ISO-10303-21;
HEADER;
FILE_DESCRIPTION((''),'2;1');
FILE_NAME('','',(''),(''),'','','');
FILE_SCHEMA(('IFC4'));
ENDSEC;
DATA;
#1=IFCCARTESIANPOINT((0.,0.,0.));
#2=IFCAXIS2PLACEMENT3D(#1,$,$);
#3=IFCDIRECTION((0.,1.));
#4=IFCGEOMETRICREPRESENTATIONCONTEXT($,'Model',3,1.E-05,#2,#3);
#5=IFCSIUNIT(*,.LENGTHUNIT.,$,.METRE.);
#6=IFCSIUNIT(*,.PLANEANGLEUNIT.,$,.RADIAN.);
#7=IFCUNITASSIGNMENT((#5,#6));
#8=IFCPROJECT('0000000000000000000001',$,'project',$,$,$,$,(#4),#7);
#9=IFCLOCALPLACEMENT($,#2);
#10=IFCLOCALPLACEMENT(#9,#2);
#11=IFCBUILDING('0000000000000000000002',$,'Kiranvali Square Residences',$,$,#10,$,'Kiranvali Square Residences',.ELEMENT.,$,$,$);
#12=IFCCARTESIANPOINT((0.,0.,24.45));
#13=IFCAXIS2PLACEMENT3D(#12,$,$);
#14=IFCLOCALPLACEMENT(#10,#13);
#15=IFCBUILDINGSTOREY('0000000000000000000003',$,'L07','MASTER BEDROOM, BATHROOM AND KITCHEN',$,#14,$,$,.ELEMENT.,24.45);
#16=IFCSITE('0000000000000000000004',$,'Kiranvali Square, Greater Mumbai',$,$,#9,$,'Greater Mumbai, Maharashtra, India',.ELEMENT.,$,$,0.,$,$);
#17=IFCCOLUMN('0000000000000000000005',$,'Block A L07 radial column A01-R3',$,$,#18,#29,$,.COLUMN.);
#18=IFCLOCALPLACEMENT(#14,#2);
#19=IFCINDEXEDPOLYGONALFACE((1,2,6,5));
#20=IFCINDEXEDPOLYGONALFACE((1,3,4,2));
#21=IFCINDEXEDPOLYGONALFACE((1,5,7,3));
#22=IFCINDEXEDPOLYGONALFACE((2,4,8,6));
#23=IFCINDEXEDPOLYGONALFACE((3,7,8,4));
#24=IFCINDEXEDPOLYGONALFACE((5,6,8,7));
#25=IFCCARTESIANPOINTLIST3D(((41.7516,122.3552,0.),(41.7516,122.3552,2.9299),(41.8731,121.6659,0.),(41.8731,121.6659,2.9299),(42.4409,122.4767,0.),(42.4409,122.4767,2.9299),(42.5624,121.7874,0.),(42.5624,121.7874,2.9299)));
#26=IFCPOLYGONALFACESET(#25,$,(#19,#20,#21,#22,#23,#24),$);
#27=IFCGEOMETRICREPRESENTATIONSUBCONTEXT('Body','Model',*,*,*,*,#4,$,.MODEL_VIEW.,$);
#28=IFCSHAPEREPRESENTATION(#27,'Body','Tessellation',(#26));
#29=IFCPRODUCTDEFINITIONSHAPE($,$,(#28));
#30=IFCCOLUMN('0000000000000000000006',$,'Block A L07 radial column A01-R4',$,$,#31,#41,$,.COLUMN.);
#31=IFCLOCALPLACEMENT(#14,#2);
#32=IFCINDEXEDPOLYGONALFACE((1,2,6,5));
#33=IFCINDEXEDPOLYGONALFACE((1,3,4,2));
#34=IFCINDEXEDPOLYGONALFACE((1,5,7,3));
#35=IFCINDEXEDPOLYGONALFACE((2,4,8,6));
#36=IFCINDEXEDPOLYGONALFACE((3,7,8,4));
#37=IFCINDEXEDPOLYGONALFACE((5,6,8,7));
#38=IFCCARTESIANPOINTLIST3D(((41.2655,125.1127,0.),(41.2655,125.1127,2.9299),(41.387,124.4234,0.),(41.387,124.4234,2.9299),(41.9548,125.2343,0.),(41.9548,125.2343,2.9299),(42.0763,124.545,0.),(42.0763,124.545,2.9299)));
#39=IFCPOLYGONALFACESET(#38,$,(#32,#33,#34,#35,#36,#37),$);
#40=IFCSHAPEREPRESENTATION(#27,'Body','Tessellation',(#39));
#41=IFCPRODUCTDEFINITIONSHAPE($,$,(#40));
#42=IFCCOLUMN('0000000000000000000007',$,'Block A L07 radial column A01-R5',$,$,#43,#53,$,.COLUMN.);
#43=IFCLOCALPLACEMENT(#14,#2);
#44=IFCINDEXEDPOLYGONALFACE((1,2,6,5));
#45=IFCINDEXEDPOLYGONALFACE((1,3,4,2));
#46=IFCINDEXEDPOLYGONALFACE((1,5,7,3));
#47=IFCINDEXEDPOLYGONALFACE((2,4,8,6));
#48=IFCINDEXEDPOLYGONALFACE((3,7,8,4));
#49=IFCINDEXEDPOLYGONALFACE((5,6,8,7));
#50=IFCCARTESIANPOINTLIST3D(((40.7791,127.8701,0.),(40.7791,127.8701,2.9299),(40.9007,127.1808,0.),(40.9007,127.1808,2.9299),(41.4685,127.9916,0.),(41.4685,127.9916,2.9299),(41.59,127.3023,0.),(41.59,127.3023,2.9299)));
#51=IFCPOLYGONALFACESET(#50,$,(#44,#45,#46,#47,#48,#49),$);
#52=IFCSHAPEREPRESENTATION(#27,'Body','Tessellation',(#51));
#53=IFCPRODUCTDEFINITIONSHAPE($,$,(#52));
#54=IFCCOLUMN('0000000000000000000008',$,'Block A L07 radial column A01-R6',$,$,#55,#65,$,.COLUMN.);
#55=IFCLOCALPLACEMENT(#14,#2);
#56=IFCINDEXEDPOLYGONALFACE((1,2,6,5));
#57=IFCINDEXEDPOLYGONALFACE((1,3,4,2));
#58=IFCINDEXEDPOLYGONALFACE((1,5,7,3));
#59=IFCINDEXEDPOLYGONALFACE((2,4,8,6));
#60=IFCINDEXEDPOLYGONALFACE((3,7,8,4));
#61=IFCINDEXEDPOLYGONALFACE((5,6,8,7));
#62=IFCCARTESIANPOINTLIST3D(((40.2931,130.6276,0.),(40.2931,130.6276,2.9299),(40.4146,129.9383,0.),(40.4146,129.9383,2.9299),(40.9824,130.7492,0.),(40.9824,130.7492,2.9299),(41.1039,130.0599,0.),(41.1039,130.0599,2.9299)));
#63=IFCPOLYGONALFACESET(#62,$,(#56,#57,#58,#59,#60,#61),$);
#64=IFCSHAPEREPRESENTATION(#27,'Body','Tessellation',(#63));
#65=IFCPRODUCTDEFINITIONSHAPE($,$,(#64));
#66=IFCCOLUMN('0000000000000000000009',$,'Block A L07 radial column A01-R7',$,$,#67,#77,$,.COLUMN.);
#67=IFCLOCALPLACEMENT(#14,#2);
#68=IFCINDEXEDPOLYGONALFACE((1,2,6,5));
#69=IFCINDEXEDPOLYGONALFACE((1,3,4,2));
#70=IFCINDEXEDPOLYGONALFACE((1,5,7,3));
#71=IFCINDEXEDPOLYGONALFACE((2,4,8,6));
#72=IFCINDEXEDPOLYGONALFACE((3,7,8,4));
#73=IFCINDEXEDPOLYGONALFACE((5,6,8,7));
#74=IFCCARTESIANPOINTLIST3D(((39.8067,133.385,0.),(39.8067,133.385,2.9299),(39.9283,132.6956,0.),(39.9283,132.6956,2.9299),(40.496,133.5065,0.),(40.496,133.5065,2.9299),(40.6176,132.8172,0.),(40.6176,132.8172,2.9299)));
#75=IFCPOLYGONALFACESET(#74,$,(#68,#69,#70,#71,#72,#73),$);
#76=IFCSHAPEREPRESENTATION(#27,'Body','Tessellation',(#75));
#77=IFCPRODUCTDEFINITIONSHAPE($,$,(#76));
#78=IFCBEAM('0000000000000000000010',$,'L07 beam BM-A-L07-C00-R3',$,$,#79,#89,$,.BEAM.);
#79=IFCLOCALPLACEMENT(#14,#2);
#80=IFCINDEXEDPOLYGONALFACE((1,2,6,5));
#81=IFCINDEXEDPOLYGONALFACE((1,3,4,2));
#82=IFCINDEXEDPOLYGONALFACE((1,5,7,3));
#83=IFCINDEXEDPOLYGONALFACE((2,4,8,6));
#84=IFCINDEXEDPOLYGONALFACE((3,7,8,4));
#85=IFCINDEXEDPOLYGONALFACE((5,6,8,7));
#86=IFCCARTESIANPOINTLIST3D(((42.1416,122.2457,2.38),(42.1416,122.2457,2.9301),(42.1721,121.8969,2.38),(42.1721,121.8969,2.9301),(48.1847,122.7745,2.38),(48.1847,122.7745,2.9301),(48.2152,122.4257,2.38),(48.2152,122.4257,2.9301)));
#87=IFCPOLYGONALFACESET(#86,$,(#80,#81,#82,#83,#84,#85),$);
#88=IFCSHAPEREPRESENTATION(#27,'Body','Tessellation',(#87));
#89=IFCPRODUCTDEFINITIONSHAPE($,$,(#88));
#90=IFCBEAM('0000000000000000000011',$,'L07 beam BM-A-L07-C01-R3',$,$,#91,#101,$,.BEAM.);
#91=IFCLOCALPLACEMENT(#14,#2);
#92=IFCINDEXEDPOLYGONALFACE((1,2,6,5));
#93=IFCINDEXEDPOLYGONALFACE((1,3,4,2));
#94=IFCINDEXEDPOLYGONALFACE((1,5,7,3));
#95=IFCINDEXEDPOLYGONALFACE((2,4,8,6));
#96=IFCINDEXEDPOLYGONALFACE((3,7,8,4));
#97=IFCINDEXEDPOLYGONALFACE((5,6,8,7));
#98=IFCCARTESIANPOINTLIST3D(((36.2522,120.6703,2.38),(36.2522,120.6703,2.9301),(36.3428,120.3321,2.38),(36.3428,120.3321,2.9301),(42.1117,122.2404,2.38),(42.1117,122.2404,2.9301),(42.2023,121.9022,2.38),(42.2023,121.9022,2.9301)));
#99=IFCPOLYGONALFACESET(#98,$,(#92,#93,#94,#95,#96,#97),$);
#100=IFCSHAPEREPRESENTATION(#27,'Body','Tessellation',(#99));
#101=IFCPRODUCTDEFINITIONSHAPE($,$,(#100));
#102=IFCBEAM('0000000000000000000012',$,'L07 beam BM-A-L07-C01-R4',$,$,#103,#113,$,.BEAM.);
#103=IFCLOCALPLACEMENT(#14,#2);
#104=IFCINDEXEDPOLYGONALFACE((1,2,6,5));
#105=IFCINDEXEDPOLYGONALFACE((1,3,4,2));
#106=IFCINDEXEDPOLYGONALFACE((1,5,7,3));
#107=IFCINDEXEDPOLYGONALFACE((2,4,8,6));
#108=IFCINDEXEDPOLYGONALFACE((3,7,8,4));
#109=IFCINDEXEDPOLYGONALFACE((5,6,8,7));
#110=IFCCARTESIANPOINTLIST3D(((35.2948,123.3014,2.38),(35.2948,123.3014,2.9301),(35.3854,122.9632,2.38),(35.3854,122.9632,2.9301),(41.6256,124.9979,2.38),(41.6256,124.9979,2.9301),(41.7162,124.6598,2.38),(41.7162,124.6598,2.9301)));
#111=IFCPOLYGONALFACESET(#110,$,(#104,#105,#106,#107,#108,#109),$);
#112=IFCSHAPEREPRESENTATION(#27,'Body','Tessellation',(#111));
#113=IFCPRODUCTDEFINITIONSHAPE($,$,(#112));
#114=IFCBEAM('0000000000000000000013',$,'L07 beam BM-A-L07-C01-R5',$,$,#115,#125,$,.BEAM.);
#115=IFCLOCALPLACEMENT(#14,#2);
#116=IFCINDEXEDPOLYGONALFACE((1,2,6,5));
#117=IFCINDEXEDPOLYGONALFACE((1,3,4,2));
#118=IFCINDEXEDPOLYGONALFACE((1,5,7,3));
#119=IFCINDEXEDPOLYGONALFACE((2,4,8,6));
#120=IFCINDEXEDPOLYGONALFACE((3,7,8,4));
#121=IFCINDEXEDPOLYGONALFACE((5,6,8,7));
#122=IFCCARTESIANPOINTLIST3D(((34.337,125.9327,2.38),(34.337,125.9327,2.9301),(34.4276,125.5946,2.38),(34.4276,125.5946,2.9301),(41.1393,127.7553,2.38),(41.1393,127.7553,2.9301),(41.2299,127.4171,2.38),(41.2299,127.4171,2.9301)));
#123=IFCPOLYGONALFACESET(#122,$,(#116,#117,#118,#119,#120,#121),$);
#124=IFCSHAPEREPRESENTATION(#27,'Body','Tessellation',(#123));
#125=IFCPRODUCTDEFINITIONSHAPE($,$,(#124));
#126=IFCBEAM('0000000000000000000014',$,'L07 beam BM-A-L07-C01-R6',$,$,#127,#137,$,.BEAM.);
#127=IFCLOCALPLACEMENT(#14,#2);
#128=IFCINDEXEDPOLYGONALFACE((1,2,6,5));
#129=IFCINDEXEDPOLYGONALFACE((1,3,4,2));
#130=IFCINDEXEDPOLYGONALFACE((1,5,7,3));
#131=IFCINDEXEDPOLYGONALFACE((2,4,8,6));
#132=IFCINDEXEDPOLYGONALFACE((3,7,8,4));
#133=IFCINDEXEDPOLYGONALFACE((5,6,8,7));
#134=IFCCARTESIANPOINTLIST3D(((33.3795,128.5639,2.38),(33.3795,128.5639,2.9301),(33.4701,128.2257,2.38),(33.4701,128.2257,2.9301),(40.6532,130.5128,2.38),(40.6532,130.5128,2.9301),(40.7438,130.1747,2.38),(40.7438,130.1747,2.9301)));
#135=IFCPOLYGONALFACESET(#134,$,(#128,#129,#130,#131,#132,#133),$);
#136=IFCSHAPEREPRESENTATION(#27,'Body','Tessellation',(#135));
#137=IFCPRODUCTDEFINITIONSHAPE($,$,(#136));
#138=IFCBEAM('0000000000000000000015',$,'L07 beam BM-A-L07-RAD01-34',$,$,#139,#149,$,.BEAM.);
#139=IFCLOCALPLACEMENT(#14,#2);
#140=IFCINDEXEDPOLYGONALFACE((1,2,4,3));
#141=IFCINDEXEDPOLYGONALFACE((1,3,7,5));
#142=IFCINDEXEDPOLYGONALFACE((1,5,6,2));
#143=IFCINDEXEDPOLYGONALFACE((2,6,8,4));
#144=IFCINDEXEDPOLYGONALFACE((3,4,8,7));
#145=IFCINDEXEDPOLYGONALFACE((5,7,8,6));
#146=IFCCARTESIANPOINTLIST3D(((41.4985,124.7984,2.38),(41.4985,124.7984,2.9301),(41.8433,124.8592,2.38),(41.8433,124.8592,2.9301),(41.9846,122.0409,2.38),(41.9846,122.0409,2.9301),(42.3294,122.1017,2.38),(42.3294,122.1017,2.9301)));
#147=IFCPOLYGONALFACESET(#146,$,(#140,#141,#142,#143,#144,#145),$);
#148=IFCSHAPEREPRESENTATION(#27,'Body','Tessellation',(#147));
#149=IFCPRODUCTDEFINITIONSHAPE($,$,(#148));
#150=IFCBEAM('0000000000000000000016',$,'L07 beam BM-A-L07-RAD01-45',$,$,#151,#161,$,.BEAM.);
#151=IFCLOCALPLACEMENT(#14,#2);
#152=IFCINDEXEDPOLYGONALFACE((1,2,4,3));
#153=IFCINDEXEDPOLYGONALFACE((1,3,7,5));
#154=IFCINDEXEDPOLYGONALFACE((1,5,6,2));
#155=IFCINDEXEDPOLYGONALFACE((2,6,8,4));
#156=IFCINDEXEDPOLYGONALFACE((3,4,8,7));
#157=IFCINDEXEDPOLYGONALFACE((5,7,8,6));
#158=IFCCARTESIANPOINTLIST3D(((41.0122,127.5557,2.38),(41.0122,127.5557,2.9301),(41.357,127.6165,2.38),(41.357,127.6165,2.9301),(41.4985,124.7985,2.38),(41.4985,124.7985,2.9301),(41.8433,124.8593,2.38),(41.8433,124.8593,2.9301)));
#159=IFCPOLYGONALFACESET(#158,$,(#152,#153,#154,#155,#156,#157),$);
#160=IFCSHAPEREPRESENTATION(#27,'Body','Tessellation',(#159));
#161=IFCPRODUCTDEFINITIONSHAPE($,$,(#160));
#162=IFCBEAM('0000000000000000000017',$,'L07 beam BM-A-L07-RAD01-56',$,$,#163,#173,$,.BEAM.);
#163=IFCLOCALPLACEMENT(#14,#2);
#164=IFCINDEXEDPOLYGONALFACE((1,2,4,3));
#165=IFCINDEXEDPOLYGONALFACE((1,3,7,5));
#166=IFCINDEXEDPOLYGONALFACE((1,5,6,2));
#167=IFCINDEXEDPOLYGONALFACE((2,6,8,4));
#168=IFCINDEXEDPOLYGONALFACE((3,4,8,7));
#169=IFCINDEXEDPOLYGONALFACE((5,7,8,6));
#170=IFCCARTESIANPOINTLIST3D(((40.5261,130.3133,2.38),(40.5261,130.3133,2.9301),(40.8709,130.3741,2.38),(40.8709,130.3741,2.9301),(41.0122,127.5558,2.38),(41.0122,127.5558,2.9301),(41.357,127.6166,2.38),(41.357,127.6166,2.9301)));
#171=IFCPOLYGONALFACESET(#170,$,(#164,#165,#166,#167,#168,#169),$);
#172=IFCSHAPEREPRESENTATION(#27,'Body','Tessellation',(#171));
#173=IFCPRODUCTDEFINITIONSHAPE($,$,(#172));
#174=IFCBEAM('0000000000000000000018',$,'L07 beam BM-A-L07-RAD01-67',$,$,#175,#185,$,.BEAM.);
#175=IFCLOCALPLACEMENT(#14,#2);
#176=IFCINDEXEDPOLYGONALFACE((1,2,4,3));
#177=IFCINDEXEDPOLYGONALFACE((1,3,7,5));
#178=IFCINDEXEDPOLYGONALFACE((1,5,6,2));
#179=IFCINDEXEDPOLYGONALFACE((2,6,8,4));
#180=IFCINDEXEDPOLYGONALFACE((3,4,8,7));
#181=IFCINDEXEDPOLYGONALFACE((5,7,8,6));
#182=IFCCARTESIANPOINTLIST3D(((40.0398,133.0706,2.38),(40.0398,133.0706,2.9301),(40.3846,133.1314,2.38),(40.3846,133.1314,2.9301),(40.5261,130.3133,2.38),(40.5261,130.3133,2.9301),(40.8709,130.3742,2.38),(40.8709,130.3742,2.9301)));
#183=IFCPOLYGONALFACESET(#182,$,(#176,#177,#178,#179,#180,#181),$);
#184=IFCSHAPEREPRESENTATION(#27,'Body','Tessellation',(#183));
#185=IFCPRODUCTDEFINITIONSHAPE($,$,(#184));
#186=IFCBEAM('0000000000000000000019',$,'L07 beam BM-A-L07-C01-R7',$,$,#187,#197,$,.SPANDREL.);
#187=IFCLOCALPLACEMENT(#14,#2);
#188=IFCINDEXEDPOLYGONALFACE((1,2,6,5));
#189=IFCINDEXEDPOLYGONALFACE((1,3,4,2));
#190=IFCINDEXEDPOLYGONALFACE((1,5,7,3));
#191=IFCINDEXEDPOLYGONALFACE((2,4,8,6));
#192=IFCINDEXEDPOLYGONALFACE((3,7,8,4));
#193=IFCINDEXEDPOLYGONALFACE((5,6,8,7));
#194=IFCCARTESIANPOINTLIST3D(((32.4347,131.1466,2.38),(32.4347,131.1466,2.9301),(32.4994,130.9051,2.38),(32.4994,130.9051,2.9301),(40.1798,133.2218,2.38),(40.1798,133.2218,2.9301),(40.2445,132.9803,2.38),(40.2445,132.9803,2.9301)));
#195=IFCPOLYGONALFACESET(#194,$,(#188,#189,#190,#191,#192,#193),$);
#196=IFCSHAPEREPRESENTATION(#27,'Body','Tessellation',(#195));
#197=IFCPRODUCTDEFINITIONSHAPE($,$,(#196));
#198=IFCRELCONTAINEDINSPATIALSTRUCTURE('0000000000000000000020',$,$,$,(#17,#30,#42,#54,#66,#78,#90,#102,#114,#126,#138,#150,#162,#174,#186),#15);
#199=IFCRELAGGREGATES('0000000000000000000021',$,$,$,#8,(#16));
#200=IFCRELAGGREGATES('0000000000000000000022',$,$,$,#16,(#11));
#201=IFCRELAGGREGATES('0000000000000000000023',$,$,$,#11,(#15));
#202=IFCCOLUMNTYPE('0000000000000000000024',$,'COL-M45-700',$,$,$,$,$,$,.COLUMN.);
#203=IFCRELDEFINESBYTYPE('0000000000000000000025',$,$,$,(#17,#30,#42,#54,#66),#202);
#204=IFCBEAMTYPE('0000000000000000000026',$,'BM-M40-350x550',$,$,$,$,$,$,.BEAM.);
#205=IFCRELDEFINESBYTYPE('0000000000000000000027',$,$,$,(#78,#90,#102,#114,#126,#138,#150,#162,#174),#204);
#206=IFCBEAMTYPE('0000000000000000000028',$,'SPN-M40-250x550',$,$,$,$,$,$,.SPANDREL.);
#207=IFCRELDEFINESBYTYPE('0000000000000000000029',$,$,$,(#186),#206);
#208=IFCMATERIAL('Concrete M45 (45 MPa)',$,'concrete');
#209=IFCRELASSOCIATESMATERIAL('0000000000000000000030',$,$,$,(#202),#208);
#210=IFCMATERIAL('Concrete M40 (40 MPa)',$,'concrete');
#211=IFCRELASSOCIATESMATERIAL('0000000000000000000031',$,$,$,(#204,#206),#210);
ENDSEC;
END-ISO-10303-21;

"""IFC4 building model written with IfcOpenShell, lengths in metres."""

from ifc_helpers import new_model, si_unit, direction, frame, origin, origin_2d, place, context, subcontext, project, spatial, rectangle, extrude, material, material_profile, profile_set, type_object, element, save


model = new_model("IFC4")

# Units and contexts
model_context = context("Model", 3, precision=1e-05, world=origin(), true_north=direction((0.0, 1.0)))
body_context = subcontext(model_context, "Body", "Model", "MODEL_VIEW")
ifc_project = project(units=[si_unit("LENGTHUNIT", "METRE"), si_unit("PLANEANGLEUNIT", "RADIAN")], contexts=[model_context])

# Site, building, storey
site_placement = place(None, origin())
site = spatial("IfcSite", under=ifc_project, at=site_placement, Name="Kiranvali Square, Greater Mumbai", LongName="Greater Mumbai, Maharashtra, India", CompositionType="ELEMENT", RefElevation=0.0)
building_placement = place(site_placement, origin())
building = spatial("IfcBuilding", under=site, at=building_placement, Name="Kiranvali Square Residences", LongName="Kiranvali Square Residences", CompositionType="ELEMENT")
storey_placement = place(building_placement, frame((0.0, 0.0, 24.45)))
storey = spatial("IfcBuildingStorey", under=building, at=storey_placement, Name="L07", Description="MASTER BEDROOM, BATHROOM AND KITCHEN", CompositionType="ELEMENT", Elevation=24.45)

# Columns
ifc_material_1 = material(Name="Concrete M45 (45 MPa)", Category="concrete")
ifc_material_profile_1 = material_profile(ifc_material_1, rectangle(XDim=0.7, YDim=0.7, at=origin_2d()), Name="RC 700x700")
ifc_profile_set_1 = profile_set([ifc_material_profile_1], Name="Concrete M45 (45 MPa)")
column_type = type_object("IfcColumnType", Name="COL-M45-700", PredefinedType="COLUMN", material=ifc_profile_set_1)
for number, where, z_axis, x_axis, name in (
    (1, (42.157, 122.0713, 0.0), (0.0, 0.0, 1.0), (0.984808, 0.173648, 0.0), "Block A L07 radial column A01-R3"),
    (2, (41.6709, 124.8289, 0.0), (0.0, 0.0, 1.0), (0.984808, 0.173648, 0.0), "Block A L07 radial column A01-R4"),
    (3, (41.1846, 127.5862, 0.0), (0.0, 0.0, 1.0), (0.984808, 0.173648, 0.0), "Block A L07 radial column A01-R5"),
    (4, (40.6985, 130.3438, 0.0), (0.0, 0.0, 1.0), (0.984808, 0.173648, 0.0), "Block A L07 radial column A01-R6"),
    (5, (40.2122, 133.1011, 0.0), (0.0, 0.0, 1.0), (0.984808, 0.173648, 0.0), "Block A L07 radial column A01-R7"),
):
    element("IfcColumn", number, at=place(storey_placement, frame(where, z_axis=z_axis, x_axis=x_axis)), inside=storey, type_object=column_type, Name=name, PredefinedType="COLUMN", context=body_context, shape_type="SweptSolid", body=[
        extrude(rectangle(XDim=0.7, YDim=0.7, at=origin_2d()), origin(), (0.0, 0.0, 1.0), 2.9299),
    ])

# Beams
ifc_material_2 = material(Name="Concrete M40 (40 MPa)", Category="concrete")
ifc_material_profile_2 = material_profile(ifc_material_2, rectangle(XDim=0.3501, YDim=0.55, at=origin_2d()), Name="RC 350x550")
ifc_profile_set_2 = profile_set([ifc_material_profile_2], Name="Concrete M40 (40 MPa)")
beam_type_1 = type_object("IfcBeamType", Name="BM-M40-350x550", PredefinedType="BEAM", material=ifc_profile_set_2)
for number, where, z_axis, x_axis, name in (
    (6, (48.2, 122.6001, 2.655), (-0.996193, -0.087175, 0.0), (0.087175, -0.996193, 0.0), "L07 beam BM-A-L07-C00-R3"),
    (7, (42.157, 122.0713, 2.655), (-0.965924, -0.258827, 0.0), (0.258827, -0.965924, 0.0), "L07 beam BM-A-L07-C01-R3"),
):
    element("IfcBeam", number, at=place(storey_placement, frame(where, z_axis=z_axis, x_axis=x_axis)), inside=storey, type_object=beam_type_1, Name=name, PredefinedType="BEAM", context=body_context, shape_type="SweptSolid", body=[
        extrude(rectangle(XDim=0.3501, YDim=0.55, at=origin_2d()), origin(), (0.0, 0.0, 1.0), 6.0662),
    ])
beam_1_placement = place(storey_placement, frame((41.6709, 124.8289, 2.655), z_axis=(-0.965918, -0.258847, 0.0), x_axis=(0.258847, -0.965918, 0.0)))
element("IfcBeam", 8, at=beam_1_placement, inside=storey, type_object=beam_type_1, Name="L07 beam BM-A-L07-C01-R4", PredefinedType="BEAM", context=body_context, shape_type="SweptSolid", body=[
    extrude(rectangle(XDim=0.3501, YDim=0.55, at=origin_2d()), origin(), (0.0, 0.0, 1.0), 6.5542),
])
beam_2_placement = place(storey_placement, frame((41.1846, 127.5862, 2.655), z_axis=(-0.965931, -0.2588, 0.0), x_axis=(0.2588, -0.965931, 0.0)))
element("IfcBeam", 9, at=beam_2_placement, inside=storey, type_object=beam_type_1, Name="L07 beam BM-A-L07-C01-R5", PredefinedType="BEAM", context=body_context, shape_type="SweptSolid", body=[
    extrude(rectangle(XDim=0.3501, YDim=0.55, at=origin_2d()), origin(), (0.0, 0.0, 1.0), 7.0422),
])
beam_3_placement = place(storey_placement, frame((40.6985, 130.3438, 2.655), z_axis=(-0.965926, -0.258819, 0.0), x_axis=(0.258819, -0.965926, 0.0)))
element("IfcBeam", 10, at=beam_3_placement, inside=storey, type_object=beam_type_1, Name="L07 beam BM-A-L07-C01-R6", PredefinedType="BEAM", context=body_context, shape_type="SweptSolid", body=[
    extrude(rectangle(XDim=0.3501, YDim=0.55, at=origin_2d()), origin(), (0.0, 0.0, 1.0), 7.5303),
])
beam_4_placement = place(storey_placement, frame((42.157, 122.0713, 2.655), z_axis=(-0.173596, 0.984817, 0.0), x_axis=(-0.984817, -0.173596, 0.0)))
element("IfcBeam", 11, at=beam_4_placement, inside=storey, type_object=beam_type_1, Name="L07 beam BM-A-L07-RAD01-34", PredefinedType="BEAM", context=body_context, shape_type="SweptSolid", body=[
    extrude(rectangle(XDim=0.3501, YDim=0.55, at=origin_2d()), origin(), (0.0, 0.0, 1.0), 2.8),
])
beam_5_placement = place(storey_placement, frame((41.6709, 124.8289, 2.655), z_axis=(-0.173696, 0.984799, 0.0), x_axis=(-0.984799, -0.173696, 0.0)))
element("IfcBeam", 12, at=beam_5_placement, inside=storey, type_object=beam_type_1, Name="L07 beam BM-A-L07-RAD01-45", PredefinedType="BEAM", context=body_context, shape_type="SweptSolid", body=[
    extrude(rectangle(XDim=0.3501, YDim=0.55, at=origin_2d()), origin(), (0.0, 0.0, 1.0), 2.7998),
])
beam_6_placement = place(storey_placement, frame((41.1846, 127.5862, 2.655), z_axis=(-0.173596, 0.984817, 0.0), x_axis=(-0.984817, -0.173596, 0.0)))
element("IfcBeam", 13, at=beam_6_placement, inside=storey, type_object=beam_type_1, Name="L07 beam BM-A-L07-RAD01-56", PredefinedType="BEAM", context=body_context, shape_type="SweptSolid", body=[
    extrude(rectangle(XDim=0.3501, YDim=0.55, at=origin_2d()), origin(), (0.0, 0.0, 1.0), 2.8),
])
beam_7_placement = place(storey_placement, frame((40.6985, 130.3438, 2.655), z_axis=(-0.173696, 0.984799, 0.0), x_axis=(-0.984799, -0.173696, 0.0)))
element("IfcBeam", 14, at=beam_7_placement, inside=storey, type_object=beam_type_1, Name="L07 beam BM-A-L07-RAD01-67", PredefinedType="BEAM", context=body_context, shape_type="SweptSolid", body=[
    extrude(rectangle(XDim=0.3501, YDim=0.55, at=origin_2d()), origin(), (0.0, 0.0, 1.0), 2.7998),
])
ifc_material_profile_3 = material_profile(ifc_material_2, rectangle(XDim=0.25, YDim=0.55, at=origin_2d()), Name="RC 250x550")
ifc_profile_set_3 = profile_set([ifc_material_profile_3], Name="Concrete M40 (40 MPa)")
beam_type_2 = type_object("IfcBeamType", Name="SPN-M40-250x550", PredefinedType="SPANDREL", material=ifc_profile_set_3)
beam_8_placement = place(storey_placement, frame((40.2122, 133.1011, 2.655), z_axis=(-0.965929, -0.258807, 0.0), x_axis=(0.258807, -0.965929, 0.0)))
element("IfcBeam", 15, at=beam_8_placement, inside=storey, type_object=beam_type_2, Name="L07 beam BM-A-L07-C01-R7", PredefinedType="SPANDREL", context=body_context, shape_type="SweptSolid", body=[
    extrude(rectangle(XDim=0.25, YDim=0.55, at=origin_2d()), origin(), (0.0, 0.0, 1.0), 8.0183),
])

save(model, "model.ifc")
